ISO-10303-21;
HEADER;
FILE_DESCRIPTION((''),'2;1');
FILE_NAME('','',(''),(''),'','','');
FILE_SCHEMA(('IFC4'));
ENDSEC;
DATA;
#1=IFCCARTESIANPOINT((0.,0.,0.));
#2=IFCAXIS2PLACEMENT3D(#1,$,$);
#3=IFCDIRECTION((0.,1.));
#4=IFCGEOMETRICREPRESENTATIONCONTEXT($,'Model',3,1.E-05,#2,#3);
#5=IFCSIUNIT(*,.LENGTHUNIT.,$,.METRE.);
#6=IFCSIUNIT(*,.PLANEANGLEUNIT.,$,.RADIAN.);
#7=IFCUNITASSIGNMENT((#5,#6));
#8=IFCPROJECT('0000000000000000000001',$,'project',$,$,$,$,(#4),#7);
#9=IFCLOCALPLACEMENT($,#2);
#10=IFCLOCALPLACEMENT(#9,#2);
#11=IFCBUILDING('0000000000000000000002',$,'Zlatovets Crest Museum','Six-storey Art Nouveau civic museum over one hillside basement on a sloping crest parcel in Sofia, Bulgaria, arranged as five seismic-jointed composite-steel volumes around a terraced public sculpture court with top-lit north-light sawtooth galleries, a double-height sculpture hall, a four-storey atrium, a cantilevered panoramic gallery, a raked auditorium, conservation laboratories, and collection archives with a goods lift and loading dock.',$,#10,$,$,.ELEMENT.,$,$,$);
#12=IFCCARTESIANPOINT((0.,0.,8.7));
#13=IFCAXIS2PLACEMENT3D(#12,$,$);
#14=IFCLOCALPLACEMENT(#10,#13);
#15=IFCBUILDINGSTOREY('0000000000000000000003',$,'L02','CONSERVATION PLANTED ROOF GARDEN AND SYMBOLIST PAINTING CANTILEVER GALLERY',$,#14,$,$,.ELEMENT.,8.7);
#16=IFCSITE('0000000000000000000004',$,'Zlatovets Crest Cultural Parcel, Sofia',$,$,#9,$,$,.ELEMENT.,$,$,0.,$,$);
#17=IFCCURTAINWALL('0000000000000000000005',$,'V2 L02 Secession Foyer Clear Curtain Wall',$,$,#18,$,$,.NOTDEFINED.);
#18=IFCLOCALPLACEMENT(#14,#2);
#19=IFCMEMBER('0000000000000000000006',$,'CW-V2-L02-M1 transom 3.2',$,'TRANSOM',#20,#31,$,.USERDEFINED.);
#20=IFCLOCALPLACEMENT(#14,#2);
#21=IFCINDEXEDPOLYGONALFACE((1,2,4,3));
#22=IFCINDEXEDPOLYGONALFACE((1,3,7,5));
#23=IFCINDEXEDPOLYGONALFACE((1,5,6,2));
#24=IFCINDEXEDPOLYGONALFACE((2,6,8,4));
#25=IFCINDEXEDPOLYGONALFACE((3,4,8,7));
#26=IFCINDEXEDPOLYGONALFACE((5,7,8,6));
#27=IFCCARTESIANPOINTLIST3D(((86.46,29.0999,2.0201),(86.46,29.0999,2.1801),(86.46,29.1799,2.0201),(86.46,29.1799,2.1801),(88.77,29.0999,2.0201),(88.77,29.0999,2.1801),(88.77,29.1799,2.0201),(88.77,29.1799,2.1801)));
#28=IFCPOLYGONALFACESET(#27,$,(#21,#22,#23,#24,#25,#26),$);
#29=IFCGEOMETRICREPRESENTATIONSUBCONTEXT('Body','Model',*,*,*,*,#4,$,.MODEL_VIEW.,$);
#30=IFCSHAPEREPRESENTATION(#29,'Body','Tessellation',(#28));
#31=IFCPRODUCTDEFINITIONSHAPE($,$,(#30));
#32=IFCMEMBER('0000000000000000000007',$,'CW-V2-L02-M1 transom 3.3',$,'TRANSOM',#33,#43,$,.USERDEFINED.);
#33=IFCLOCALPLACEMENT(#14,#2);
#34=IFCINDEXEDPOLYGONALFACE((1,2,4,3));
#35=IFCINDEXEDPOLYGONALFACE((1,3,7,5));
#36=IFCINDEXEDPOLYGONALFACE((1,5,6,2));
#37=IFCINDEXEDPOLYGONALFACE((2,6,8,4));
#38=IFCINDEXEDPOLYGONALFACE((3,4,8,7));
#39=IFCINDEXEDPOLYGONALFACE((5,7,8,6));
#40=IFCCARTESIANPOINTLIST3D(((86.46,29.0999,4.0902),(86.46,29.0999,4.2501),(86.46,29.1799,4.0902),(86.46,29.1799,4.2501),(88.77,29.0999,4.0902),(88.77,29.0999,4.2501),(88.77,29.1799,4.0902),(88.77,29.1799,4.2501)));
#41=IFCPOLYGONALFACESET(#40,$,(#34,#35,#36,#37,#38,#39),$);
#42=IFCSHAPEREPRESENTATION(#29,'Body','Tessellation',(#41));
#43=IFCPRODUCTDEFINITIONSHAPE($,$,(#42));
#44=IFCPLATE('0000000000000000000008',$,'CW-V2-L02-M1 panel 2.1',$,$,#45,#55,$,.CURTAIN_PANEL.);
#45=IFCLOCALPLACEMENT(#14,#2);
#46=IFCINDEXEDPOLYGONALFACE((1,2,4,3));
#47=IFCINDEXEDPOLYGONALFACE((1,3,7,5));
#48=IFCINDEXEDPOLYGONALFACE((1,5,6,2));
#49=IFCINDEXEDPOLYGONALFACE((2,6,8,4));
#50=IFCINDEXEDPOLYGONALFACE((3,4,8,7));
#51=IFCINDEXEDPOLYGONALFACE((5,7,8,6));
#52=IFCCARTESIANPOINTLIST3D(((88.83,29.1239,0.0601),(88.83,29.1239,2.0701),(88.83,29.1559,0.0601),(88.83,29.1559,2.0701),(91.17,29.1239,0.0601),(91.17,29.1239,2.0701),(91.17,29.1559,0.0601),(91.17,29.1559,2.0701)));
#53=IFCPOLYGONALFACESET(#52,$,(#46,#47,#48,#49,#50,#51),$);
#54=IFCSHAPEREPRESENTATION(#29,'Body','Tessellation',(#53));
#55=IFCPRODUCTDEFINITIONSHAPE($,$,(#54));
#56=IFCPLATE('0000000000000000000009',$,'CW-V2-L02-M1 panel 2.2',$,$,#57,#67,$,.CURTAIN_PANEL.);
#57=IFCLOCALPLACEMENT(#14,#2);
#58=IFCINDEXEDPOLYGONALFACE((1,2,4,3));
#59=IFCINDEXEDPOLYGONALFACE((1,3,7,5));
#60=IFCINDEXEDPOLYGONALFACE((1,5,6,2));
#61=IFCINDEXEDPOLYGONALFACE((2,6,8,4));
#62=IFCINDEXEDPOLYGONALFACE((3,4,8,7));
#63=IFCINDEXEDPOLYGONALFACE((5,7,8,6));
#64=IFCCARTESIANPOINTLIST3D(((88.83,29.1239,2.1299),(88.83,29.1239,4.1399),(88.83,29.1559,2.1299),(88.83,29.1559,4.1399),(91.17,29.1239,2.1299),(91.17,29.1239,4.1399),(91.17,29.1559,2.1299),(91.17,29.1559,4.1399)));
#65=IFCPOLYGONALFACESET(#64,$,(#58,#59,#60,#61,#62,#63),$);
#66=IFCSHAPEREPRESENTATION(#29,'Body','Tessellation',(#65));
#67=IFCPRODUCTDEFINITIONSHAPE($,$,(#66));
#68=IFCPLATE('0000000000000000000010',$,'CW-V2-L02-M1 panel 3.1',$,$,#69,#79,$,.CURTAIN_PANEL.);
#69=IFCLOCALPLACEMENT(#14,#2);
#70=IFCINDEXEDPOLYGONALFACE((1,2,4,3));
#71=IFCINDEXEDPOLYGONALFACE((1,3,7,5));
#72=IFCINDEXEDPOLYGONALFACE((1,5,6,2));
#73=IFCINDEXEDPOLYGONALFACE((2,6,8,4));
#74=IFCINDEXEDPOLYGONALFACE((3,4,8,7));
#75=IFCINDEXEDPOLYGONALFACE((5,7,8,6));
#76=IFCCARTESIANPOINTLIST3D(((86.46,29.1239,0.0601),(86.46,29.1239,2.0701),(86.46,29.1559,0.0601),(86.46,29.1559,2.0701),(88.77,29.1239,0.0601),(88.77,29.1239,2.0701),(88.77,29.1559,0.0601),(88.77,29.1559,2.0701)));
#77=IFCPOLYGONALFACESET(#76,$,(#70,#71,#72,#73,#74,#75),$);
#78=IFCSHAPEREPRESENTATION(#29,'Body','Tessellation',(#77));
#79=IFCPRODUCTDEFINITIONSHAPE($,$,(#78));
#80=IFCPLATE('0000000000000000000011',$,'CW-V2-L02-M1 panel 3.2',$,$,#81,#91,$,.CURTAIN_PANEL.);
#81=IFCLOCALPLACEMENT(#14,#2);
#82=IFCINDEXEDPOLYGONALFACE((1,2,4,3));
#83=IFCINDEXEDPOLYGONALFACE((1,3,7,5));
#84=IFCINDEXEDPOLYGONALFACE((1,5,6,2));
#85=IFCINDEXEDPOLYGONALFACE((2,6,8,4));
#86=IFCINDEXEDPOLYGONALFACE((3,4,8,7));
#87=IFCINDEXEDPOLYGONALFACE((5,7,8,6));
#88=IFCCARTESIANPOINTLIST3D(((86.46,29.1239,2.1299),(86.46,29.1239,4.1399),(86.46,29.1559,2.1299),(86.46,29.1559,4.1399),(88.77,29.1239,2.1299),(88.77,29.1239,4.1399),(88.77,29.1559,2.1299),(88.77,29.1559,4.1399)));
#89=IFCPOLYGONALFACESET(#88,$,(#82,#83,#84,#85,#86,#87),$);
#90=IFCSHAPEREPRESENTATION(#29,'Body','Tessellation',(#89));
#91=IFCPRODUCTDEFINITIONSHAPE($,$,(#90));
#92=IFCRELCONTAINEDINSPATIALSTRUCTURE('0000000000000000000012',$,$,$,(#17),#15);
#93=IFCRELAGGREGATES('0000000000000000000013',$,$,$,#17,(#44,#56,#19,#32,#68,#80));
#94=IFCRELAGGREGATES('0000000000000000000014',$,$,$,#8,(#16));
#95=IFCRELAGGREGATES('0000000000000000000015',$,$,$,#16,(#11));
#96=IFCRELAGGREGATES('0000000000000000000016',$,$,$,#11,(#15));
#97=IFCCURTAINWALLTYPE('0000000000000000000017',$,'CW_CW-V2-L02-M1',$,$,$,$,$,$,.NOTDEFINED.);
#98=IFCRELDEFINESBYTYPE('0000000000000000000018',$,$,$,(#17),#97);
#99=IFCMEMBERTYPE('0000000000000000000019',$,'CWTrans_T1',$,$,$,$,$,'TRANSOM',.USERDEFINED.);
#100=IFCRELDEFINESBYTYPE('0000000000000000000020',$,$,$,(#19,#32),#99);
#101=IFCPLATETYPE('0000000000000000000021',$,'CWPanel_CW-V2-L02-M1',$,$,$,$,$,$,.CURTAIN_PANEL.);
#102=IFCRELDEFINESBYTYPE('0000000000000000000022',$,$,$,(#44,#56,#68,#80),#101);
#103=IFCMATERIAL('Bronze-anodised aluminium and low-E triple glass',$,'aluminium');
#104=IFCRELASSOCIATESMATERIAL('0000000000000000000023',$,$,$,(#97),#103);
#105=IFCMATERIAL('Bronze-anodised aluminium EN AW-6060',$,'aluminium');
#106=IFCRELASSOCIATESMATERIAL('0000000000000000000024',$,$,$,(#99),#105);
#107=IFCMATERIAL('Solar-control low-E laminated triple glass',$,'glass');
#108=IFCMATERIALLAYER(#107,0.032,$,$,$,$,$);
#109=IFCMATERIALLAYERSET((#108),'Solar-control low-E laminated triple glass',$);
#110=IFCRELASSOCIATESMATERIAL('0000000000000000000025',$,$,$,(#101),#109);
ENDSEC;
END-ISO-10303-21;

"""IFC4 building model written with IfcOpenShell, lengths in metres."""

from ifc_helpers import new_model, si_unit, direction, frame, origin, origin_2d, place, context, subcontext, project, spatial, rectangle, extrude, material, layer, layer_set, material_profile, profile_set, type_object, element, aggregate, save


model = new_model("IFC4")

# Units and contexts
model_context = context("Model", 3, precision=1e-05, world=origin(), true_north=direction((0.0, 1.0)))
body_context = subcontext(model_context, "Body", "Model", "MODEL_VIEW")
ifc_project = project(units=[si_unit("LENGTHUNIT", "METRE"), si_unit("PLANEANGLEUNIT", "RADIAN")], contexts=[model_context])

# Site, building, storey
site_placement = place(None, origin())
site = spatial("IfcSite", under=ifc_project, at=site_placement, Name="Zlatovets Crest Cultural Parcel, Sofia", CompositionType="ELEMENT", RefElevation=0.0)
building_placement = place(site_placement, origin())
building = spatial("IfcBuilding", under=site, at=building_placement, Name="Zlatovets Crest Museum", Description="Six-storey Art Nouveau civic museum over one hillside basement on a sloping crest parcel in Sofia, Bulgaria, arranged as five seismic-jointed composite-steel volumes around a terraced public sculpture court with top-lit north-light sawtooth galleries, a double-height sculpture hall, a four-storey atrium, a cantilevered panoramic gallery, a raked auditorium, conservation laboratories, and collection archives with a goods lift and loading dock.", CompositionType="ELEMENT")
storey_placement = place(building_placement, frame((0.0, 0.0, 8.7)))
storey = spatial("IfcBuildingStorey", under=building, at=storey_placement, Name="L02", Description="CONSERVATION PLANTED ROOF GARDEN AND SYMBOLIST PAINTING CANTILEVER GALLERY", CompositionType="ELEMENT", Elevation=8.7)

# Curtain wall, members, plates
ifc_material_1 = material(Name="Bronze-anodised aluminium and low-E triple glass", Category="aluminium")
curtain_wall_type = type_object("IfcCurtainWallType", Name="CW_CW-V2-L02-M1", PredefinedType="NOTDEFINED", material=ifc_material_1)
curtain_wall_placement = place(storey_placement, origin())
curtain_wall = element("IfcCurtainWall", 1, at=curtain_wall_placement, inside=storey, type_object=curtain_wall_type, Name="V2 L02 Secession Foyer Clear Curtain Wall", PredefinedType="NOTDEFINED")
ifc_material_2 = material(Name="Bronze-anodised aluminium EN AW-6060", Category="aluminium")
ifc_material_profile_1 = material_profile(ifc_material_2, rectangle(XDim=0.0801, YDim=0.1599, at=origin_2d()), Name="ALU 80x160")
ifc_profile_set_1 = profile_set([ifc_material_profile_1], Name="Bronze-anodised aluminium EN AW-6060")
member_type_1 = type_object("IfcMemberType", Name="CWTrans_T1", ElementType="TRANSOM", PredefinedType="USERDEFINED", material=ifc_profile_set_1)
member_1_placement = place(storey_placement, frame((88.77, 29.1399, 2.1001), z_axis=(-1.0, 0.0, 0.0), x_axis=(0.0, -1.0, 0.0)))
member_1 = element("IfcMember", 2, at=member_1_placement, type_object=member_type_1, Name="CW-V2-L02-M1 transom 3.2", ObjectType="TRANSOM", PredefinedType="USERDEFINED", context=body_context, shape_type="SweptSolid", body=[
    extrude(rectangle(XDim=0.0801, YDim=0.1599, at=origin_2d()), origin(), (0.0, 0.0, 1.0), 2.3101),
])
member_2_placement = place(storey_placement, frame((88.77, 29.1399, 4.1702), z_axis=(-1.0, 0.0, 0.0), x_axis=(0.0, -1.0, 0.0)))
member_2 = element("IfcMember", 3, at=member_2_placement, type_object=member_type_1, Name="CW-V2-L02-M1 transom 3.3", ObjectType="TRANSOM", PredefinedType="USERDEFINED", context=body_context, shape_type="SweptSolid", body=[
    extrude(rectangle(XDim=0.0801, YDim=0.1599, at=origin_2d()), origin(), (0.0, 0.0, 1.0), 2.3101),
])
ifc_material_3 = material(Name="Solar-control low-E laminated triple glass", Category="glass")
ifc_layer_1 = layer(ifc_material_3, 0.032)
ifc_layer_set_1 = layer_set([ifc_layer_1], Name="Solar-control low-E laminated triple glass")
plate_type = type_object("IfcPlateType", Name="CWPanel_CW-V2-L02-M1", PredefinedType="CURTAIN_PANEL", material=ifc_layer_set_1)
plate_1_placement = place(storey_placement, frame((90.0, 29.1399, 0.0601), z_axis=(0.0, 0.0, 1.0), x_axis=(-1.0, 0.0, 0.0)))
plate_1 = element("IfcPlate", 4, at=plate_1_placement, type_object=plate_type, Name="CW-V2-L02-M1 panel 2.1", PredefinedType="CURTAIN_PANEL", context=body_context, shape_type="SweptSolid", body=[
    extrude(rectangle(XDim=2.3401, YDim=0.032, at=origin_2d()), origin(), (0.0, 0.0, 1.0), 2.01),
])
plate_2_placement = place(storey_placement, frame((90.0, 29.1399, 2.1299), z_axis=(0.0, 0.0, 1.0), x_axis=(-1.0, 0.0, 0.0)))
plate_2 = element("IfcPlate", 5, at=plate_2_placement, type_object=plate_type, Name="CW-V2-L02-M1 panel 2.2", PredefinedType="CURTAIN_PANEL", context=body_context, shape_type="SweptSolid", body=[
    extrude(rectangle(XDim=2.3401, YDim=0.032, at=origin_2d()), origin(), (0.0, 0.0, 1.0), 2.01),
])
plate_3_placement = place(storey_placement, frame((87.615, 29.1399, 0.0601), z_axis=(0.0, 0.0, 1.0), x_axis=(-1.0, 0.0, 0.0)))
plate_3 = element("IfcPlate", 6, at=plate_3_placement, type_object=plate_type, Name="CW-V2-L02-M1 panel 3.1", PredefinedType="CURTAIN_PANEL", context=body_context, shape_type="SweptSolid", body=[
    extrude(rectangle(XDim=2.3101, YDim=0.032, at=origin_2d()), origin(), (0.0, 0.0, 1.0), 2.01),
])
plate_4_placement = place(storey_placement, frame((87.615, 29.1399, 2.1299), z_axis=(0.0, 0.0, 1.0), x_axis=(-1.0, 0.0, 0.0)))
plate_4 = element("IfcPlate", 7, at=plate_4_placement, type_object=plate_type, Name="CW-V2-L02-M1 panel 3.2", PredefinedType="CURTAIN_PANEL", context=body_context, shape_type="SweptSolid", body=[
    extrude(rectangle(XDim=2.3101, YDim=0.032, at=origin_2d()), origin(), (0.0, 0.0, 1.0), 2.01),
])
aggregate(curtain_wall, [plate_1, plate_2, member_1, member_2, plate_3, plate_4])

save(model, "model.ifc")
